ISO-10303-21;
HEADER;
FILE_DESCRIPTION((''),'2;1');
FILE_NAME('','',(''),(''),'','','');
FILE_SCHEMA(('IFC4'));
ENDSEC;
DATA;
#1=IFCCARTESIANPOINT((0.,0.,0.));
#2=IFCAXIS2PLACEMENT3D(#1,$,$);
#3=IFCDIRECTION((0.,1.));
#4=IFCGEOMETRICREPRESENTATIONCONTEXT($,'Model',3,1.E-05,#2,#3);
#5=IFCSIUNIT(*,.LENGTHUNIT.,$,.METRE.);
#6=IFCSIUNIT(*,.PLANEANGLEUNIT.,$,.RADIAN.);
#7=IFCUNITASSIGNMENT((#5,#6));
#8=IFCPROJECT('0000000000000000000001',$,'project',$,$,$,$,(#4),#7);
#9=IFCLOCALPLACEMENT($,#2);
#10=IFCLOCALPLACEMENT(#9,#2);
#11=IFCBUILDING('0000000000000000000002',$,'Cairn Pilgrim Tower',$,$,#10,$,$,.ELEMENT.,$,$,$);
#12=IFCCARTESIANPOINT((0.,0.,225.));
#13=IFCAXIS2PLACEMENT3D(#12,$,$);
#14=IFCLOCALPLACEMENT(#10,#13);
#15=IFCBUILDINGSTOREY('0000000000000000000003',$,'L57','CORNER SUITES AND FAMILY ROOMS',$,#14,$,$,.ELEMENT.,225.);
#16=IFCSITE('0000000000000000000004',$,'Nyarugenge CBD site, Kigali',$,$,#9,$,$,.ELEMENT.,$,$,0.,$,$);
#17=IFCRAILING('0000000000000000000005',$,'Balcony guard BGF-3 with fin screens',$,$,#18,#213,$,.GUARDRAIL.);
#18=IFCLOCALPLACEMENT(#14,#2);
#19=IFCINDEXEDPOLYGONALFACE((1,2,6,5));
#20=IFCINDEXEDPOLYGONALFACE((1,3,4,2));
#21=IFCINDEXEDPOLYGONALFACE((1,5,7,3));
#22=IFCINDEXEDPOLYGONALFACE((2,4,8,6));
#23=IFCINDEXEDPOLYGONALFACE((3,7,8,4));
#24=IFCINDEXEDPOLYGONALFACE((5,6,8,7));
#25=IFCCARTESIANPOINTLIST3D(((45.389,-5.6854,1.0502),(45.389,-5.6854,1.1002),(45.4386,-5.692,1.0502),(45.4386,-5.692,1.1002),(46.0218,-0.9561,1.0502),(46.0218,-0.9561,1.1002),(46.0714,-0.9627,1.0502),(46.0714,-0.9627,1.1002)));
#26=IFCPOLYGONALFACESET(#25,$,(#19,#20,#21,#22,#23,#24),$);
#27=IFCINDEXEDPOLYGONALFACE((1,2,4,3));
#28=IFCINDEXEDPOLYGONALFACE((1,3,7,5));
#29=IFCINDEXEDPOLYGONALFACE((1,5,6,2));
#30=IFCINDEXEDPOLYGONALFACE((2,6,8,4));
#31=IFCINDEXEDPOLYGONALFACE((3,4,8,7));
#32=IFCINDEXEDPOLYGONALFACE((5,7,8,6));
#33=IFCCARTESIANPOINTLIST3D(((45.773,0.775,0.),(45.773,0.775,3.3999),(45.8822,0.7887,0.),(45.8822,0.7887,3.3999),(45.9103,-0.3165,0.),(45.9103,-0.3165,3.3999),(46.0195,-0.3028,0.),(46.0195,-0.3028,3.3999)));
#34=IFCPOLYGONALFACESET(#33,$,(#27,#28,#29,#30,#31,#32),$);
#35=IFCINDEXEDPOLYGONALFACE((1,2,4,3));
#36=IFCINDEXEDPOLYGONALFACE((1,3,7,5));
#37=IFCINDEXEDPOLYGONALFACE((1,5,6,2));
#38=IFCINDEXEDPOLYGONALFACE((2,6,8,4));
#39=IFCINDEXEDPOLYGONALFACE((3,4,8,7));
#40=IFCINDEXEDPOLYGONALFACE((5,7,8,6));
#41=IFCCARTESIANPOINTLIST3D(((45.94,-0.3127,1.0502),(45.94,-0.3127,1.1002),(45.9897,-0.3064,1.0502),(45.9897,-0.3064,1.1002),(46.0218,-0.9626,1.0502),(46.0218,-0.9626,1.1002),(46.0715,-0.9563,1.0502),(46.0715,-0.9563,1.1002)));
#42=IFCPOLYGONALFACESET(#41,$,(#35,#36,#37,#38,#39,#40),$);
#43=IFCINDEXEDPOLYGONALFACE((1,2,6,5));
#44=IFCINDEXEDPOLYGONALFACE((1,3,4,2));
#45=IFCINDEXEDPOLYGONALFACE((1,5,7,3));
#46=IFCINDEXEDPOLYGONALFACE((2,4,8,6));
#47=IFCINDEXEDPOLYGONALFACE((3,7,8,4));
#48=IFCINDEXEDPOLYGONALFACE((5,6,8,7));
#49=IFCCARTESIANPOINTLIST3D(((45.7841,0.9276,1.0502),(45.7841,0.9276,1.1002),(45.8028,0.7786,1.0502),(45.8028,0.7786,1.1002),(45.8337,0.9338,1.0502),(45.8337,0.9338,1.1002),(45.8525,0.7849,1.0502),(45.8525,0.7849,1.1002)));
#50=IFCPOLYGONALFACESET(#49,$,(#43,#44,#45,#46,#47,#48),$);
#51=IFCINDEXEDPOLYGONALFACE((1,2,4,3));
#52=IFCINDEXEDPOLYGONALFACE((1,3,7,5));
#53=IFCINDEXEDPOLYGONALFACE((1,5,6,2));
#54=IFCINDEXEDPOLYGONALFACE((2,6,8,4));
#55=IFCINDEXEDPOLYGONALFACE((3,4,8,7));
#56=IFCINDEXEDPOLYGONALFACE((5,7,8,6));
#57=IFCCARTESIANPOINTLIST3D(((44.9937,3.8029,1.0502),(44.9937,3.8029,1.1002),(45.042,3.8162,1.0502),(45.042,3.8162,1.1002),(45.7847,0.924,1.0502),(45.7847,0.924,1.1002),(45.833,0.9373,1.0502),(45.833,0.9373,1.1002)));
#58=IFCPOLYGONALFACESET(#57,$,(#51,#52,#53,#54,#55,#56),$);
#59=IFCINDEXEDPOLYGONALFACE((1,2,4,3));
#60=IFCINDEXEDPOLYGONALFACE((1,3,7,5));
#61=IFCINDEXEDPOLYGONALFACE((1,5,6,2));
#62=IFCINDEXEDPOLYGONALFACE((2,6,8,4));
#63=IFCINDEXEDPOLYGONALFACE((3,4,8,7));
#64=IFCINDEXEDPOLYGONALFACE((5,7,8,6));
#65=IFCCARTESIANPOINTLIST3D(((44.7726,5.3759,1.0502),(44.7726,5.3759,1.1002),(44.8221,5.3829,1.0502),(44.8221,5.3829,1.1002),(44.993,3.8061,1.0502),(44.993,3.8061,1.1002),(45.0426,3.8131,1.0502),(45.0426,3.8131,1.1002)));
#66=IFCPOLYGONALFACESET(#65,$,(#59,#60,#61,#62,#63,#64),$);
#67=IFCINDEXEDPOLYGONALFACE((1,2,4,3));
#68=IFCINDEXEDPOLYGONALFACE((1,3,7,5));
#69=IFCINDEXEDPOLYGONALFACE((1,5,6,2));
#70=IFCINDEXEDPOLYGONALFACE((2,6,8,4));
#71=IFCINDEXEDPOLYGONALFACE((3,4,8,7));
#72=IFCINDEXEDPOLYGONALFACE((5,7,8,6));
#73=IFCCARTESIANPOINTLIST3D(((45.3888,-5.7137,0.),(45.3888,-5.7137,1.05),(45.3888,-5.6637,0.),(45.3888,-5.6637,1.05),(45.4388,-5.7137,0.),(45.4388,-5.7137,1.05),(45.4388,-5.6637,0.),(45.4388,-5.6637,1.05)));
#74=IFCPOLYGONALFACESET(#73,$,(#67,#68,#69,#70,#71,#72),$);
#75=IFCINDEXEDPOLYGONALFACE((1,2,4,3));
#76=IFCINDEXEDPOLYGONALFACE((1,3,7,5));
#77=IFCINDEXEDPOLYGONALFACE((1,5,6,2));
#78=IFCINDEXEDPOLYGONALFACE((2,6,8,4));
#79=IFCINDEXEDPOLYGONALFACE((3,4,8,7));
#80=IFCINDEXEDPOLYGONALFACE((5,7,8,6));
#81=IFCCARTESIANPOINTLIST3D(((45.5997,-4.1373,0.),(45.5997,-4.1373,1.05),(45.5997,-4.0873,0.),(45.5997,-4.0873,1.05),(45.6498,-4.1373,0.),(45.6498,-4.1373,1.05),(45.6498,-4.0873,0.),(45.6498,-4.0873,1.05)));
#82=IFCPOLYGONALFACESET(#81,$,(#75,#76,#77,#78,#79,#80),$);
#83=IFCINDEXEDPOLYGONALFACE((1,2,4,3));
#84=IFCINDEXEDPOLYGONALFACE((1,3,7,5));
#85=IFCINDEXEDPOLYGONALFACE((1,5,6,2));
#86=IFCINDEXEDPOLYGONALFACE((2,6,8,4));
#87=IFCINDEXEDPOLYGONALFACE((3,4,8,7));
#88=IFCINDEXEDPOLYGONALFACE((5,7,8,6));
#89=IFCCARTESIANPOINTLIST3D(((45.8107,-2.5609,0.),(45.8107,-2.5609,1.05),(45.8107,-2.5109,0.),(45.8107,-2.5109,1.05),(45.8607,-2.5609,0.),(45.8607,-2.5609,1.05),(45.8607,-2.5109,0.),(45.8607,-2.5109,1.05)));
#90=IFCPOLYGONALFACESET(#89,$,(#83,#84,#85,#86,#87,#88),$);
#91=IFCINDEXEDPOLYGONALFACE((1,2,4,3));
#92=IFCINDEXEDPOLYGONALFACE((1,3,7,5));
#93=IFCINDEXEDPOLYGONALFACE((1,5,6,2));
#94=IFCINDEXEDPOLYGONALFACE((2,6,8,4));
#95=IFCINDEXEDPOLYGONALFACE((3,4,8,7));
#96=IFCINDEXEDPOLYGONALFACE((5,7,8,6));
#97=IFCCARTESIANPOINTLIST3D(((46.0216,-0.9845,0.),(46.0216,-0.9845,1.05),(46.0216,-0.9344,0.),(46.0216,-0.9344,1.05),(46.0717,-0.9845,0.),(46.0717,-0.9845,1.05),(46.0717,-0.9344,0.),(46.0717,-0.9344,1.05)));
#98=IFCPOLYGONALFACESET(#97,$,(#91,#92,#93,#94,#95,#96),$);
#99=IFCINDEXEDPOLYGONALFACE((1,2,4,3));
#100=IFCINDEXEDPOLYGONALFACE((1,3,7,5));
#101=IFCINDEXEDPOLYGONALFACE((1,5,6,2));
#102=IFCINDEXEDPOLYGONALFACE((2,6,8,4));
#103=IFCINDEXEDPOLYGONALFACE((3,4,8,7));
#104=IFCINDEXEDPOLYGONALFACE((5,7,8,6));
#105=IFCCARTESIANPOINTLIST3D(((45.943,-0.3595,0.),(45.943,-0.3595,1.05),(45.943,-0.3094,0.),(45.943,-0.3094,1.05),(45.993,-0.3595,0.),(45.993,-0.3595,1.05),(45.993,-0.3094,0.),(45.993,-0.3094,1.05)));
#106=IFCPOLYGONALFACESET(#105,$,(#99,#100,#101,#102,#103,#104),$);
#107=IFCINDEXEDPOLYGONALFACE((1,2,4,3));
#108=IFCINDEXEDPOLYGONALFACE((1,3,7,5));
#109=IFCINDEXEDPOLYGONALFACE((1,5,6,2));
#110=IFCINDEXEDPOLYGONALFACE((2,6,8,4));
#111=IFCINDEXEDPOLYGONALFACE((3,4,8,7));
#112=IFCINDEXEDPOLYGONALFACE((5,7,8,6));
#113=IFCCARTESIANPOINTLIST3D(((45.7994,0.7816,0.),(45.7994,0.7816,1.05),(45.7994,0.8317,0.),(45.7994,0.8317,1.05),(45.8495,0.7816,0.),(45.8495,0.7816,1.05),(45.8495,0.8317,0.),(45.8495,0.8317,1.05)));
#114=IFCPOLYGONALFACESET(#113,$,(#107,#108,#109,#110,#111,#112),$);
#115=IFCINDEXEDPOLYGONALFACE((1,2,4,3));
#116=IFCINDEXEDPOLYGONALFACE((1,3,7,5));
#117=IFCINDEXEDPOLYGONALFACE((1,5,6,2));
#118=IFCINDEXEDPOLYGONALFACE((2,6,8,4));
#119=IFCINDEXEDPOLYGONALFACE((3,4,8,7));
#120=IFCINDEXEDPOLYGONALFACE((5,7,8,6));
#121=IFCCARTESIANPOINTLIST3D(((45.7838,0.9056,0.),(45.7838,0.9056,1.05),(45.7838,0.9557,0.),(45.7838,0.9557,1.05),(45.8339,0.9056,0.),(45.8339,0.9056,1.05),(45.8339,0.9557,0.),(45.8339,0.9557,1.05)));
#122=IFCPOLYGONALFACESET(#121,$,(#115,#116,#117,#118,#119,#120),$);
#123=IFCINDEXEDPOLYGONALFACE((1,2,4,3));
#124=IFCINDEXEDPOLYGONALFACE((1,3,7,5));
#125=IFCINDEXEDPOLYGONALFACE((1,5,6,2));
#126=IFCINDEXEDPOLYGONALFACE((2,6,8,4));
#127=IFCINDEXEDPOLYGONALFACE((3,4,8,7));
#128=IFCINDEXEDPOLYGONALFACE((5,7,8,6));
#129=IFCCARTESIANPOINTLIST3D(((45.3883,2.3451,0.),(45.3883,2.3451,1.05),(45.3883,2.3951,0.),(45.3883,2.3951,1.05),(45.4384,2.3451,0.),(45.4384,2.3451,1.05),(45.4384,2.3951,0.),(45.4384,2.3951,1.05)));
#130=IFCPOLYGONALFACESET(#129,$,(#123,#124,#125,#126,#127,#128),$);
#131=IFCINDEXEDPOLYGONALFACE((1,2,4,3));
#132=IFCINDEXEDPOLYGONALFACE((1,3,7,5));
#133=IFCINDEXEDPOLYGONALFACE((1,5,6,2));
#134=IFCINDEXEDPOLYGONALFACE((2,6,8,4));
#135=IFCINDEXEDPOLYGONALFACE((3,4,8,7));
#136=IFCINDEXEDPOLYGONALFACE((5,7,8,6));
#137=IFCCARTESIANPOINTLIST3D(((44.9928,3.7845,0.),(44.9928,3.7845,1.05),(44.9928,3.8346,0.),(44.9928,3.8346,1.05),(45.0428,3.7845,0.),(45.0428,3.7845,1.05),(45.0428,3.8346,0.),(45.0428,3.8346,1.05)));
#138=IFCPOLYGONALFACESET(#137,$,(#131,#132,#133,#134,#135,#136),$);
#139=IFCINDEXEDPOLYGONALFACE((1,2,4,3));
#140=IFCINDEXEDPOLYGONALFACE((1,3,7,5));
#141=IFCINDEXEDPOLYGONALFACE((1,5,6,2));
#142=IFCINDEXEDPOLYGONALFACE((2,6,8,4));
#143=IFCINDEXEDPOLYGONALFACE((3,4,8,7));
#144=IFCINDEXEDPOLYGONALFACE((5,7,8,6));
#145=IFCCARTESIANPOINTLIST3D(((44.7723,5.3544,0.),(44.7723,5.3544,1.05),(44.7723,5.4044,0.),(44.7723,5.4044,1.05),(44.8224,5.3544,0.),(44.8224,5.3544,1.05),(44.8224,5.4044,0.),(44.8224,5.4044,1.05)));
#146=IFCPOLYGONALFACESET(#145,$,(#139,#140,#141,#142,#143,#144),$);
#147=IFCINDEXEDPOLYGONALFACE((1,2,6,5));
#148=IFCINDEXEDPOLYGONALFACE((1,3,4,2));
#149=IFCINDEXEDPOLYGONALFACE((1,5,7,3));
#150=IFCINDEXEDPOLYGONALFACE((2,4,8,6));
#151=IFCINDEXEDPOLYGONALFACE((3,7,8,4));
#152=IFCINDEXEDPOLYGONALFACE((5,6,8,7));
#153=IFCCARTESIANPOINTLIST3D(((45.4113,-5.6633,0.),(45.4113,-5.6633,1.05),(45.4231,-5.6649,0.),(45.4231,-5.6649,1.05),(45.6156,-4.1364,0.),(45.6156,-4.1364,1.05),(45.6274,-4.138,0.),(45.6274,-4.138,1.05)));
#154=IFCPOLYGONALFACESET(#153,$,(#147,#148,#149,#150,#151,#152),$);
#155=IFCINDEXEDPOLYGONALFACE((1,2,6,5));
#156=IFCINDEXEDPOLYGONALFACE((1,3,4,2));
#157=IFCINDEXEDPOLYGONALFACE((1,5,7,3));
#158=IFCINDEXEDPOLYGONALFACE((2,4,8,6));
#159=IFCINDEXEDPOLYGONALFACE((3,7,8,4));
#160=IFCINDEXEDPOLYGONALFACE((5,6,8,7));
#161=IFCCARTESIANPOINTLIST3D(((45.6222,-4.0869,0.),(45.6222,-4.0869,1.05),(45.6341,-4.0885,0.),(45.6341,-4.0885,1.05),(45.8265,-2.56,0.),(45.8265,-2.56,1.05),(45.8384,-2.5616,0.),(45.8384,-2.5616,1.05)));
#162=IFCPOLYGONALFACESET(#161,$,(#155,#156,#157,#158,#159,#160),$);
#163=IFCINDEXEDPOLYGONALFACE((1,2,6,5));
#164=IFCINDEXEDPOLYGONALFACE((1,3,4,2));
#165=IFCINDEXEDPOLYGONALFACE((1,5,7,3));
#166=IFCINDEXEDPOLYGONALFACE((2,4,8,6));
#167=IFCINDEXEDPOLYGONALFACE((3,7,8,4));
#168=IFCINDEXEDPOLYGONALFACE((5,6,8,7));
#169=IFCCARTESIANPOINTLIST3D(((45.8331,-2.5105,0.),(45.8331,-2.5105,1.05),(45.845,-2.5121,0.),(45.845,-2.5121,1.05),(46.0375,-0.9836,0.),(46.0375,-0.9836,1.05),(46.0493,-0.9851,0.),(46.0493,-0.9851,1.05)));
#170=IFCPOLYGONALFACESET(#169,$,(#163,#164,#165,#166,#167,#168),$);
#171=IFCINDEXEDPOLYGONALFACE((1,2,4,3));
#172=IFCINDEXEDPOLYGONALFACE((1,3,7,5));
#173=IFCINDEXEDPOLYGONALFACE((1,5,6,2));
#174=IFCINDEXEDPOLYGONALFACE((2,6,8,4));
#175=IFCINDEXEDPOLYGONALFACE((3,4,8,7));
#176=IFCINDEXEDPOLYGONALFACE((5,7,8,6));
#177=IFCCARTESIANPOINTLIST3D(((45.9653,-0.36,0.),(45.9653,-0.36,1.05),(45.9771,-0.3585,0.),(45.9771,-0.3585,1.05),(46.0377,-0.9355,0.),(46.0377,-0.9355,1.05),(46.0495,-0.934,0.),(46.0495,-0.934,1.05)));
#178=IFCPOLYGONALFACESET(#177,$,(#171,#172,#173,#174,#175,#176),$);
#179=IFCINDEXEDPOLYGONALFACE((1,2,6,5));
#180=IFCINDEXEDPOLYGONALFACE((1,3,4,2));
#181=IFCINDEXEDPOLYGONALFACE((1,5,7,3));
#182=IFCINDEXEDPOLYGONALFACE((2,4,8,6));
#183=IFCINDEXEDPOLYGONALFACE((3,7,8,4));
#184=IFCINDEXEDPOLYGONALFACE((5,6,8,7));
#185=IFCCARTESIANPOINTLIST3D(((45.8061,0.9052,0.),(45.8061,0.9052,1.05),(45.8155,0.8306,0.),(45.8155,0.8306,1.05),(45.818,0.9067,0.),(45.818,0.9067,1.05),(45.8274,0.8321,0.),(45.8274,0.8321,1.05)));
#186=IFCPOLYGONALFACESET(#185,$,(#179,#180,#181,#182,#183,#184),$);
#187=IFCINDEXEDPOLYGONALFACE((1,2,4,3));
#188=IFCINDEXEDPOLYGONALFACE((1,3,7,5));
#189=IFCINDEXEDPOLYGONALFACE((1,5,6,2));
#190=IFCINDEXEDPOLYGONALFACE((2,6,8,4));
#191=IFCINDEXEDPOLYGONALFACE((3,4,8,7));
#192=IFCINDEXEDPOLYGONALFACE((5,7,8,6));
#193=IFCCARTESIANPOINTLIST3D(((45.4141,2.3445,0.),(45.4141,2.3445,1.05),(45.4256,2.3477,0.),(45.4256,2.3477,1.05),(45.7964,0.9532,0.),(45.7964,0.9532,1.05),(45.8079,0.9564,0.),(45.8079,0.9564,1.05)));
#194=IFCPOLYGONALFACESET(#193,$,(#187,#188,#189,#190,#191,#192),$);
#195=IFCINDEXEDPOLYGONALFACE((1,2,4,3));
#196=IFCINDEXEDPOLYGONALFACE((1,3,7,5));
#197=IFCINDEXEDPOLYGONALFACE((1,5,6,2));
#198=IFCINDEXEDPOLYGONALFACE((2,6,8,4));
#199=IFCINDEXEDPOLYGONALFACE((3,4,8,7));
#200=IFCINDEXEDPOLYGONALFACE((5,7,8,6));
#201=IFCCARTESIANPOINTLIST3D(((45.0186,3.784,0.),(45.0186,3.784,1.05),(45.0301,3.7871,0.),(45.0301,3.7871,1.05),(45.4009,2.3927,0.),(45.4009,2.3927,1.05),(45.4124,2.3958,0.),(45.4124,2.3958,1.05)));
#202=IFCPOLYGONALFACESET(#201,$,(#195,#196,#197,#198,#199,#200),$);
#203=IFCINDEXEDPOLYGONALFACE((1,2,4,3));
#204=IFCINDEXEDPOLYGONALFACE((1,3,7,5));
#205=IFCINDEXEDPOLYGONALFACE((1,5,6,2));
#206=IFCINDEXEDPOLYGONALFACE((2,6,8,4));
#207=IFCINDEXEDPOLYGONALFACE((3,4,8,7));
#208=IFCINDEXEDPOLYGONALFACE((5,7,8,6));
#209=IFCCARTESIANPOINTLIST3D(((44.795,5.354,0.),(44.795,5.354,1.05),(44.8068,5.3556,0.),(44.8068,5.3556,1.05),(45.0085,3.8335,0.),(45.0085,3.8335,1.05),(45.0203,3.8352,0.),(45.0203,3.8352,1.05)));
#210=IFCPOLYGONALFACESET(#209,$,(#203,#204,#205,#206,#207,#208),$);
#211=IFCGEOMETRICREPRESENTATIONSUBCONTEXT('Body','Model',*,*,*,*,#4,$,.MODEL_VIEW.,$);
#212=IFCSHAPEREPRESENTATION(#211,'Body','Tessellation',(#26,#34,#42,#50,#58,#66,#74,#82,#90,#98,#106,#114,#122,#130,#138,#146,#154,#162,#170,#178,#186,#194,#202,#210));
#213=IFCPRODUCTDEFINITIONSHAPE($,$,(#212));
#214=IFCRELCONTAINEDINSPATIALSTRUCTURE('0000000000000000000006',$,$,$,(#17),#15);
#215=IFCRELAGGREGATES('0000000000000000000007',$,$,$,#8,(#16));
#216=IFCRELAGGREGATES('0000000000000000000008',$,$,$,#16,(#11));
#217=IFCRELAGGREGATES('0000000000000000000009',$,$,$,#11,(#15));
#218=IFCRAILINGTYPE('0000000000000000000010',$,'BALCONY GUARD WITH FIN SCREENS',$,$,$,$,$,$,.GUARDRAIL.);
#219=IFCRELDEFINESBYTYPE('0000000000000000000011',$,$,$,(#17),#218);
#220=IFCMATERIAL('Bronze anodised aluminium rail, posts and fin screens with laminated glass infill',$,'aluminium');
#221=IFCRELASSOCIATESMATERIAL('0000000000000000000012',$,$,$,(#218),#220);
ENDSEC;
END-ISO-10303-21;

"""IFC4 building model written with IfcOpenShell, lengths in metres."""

from ifc_helpers import new_model, si_unit, direction, frame, origin, origin_2d, place, context, subcontext, project, spatial, polyline, rectangle, outline, extrude, material, type_object, element, save


model = new_model("IFC4")

# Units and contexts
model_context = context("Model", 3, precision=1e-05, world=origin(), true_north=direction((0.0, 1.0)))
body_context = subcontext(model_context, "Body", "Model", "MODEL_VIEW")
ifc_project = project(units=[si_unit("LENGTHUNIT", "METRE"), si_unit("PLANEANGLEUNIT", "RADIAN")], contexts=[model_context])

# Site, building, storey
site_placement = place(None, origin())
site = spatial("IfcSite", under=ifc_project, at=site_placement, Name="Nyarugenge CBD site, Kigali", CompositionType="ELEMENT", RefElevation=0.0)
building_placement = place(site_placement, origin())
building = spatial("IfcBuilding", under=site, at=building_placement, Name="Cairn Pilgrim Tower", CompositionType="ELEMENT")
storey_placement = place(building_placement, frame((0.0, 0.0, 225.0)))
storey = spatial("IfcBuildingStorey", under=building, at=storey_placement, Name="L57", Description="CORNER SUITES AND FAMILY ROOMS", CompositionType="ELEMENT", Elevation=225.0)

# Railing
ifc_material_1 = material(Name="Bronze anodised aluminium rail, posts and fin screens with laminated glass infill", Category="aluminium")
railing_type = type_object("IfcRailingType", Name="BALCONY GUARD WITH FIN SCREENS", PredefinedType="GUARDRAIL", material=ifc_material_1)
railing_placement = place(storey_placement, frame((45.4138, -5.6887, 0.0)))
element("IfcRailing", 1, at=railing_placement, inside=storey, type_object=railing_type, Name="Balcony guard BGF-3 with fin screens", PredefinedType="GUARDRAIL", context=body_context, shape_type="SweptSolid", body=[
    extrude(rectangle(XDim=0.05, YDim=0.05, at=origin_2d()), frame((0.0, 0.0, 1.0752), z_axis=(0.132626, 0.991166, 0.0), x_axis=(-0.991166, 0.132626, 0.0)), (0.0, 0.0, 1.0), 4.7715),
    extrude(rectangle(XDim=1.1001, YDim=0.1101, at=origin_2d()), frame((0.4824, 5.9248, 0.0), z_axis=(0.0, 0.0, 1.0), x_axis=(-0.124823, 0.992179, 0.0)), (0.0, 0.0, 1.0), 3.3999),
    extrude(rectangle(XDim=0.05, YDim=0.05, at=origin_2d()), frame((0.6328, 4.7292, 1.0752), z_axis=(-0.124823, 0.992179, 0.0), x_axis=(-0.992179, -0.124823, 0.0)), (0.0, 0.0, 1.0), 0.655),
    extrude(rectangle(XDim=0.05, YDim=0.05, at=origin_2d()), frame((0.4138, 6.4705, 1.0752), z_axis=(-0.124823, 0.992179, 0.0), x_axis=(-0.992179, -0.124823, 0.0)), (0.0, 0.0, 1.0), 0.1501),
    extrude(rectangle(XDim=0.05, YDim=0.05, at=origin_2d()), frame((0.395, 6.6194, 1.0752), z_axis=(-0.264944, 0.964264, 0.0), x_axis=(-0.964264, -0.264944, 0.0)), (0.0, 0.0, 1.0), 2.9856),
    extrude(rectangle(XDim=0.05, YDim=0.05, at=origin_2d()), frame((-0.396, 9.4983, 1.0752), z_axis=(-0.139071, 0.990282, 0.0), x_axis=(-0.990282, -0.139071, 0.0)), (0.0, 0.0, 1.0), 1.5852),
    extrude(rectangle(XDim=0.05, YDim=0.05, at=origin_2d()), origin(), (0.0, 0.0, 1.0), 1.05),
    extrude(rectangle(XDim=0.05, YDim=0.05, at=origin_2d()), frame((0.2109, 1.5764, 0.0)), (0.0, 0.0, 1.0), 1.05),
    extrude(rectangle(XDim=0.05, YDim=0.05, at=origin_2d()), frame((0.4219, 3.1528, 0.0)), (0.0, 0.0, 1.0), 1.05),
    extrude(rectangle(XDim=0.05, YDim=0.05, at=origin_2d()), frame((0.6328, 4.7292, 0.0)), (0.0, 0.0, 1.0), 1.05),
    extrude(rectangle(XDim=0.05, YDim=0.05, at=origin_2d()), frame((0.5542, 5.3542, 0.0)), (0.0, 0.0, 1.0), 1.05),
    extrude(rectangle(XDim=0.05, YDim=0.05, at=origin_2d()), frame((0.4106, 6.4954, 0.0)), (0.0, 0.0, 1.0), 1.05),
    extrude(rectangle(XDim=0.05, YDim=0.05, at=origin_2d()), frame((0.395, 6.6194, 0.0)), (0.0, 0.0, 1.0), 1.05),
    extrude(rectangle(XDim=0.05, YDim=0.05, at=origin_2d()), frame((-0.0005, 8.0588, 0.0)), (0.0, 0.0, 1.0), 1.05),
    extrude(rectangle(XDim=0.05, YDim=0.05, at=origin_2d()), frame((-0.396, 9.4983, 0.0)), (0.0, 0.0, 1.0), 1.05),
    extrude(rectangle(XDim=0.05, YDim=0.05, at=origin_2d()), frame((-0.6165, 11.0681, 0.0)), (0.0, 0.0, 1.0), 1.05),
    extrude(outline(polyline([(0.0249, 0.0), (1.5654, 0.0), (1.5654, 1.05), (0.0249, 1.05), (0.0249, 0.0)])), frame((-0.0059, 0.0007, 0.0), z_axis=(0.991166, -0.132626, 0.0), x_axis=(0.132626, 0.991166, 0.0)), (0.0, 0.0, 1.0), 0.012),
    extrude(outline(polyline([(0.0249, 0.0), (1.5654, 0.0), (1.5654, 1.05), (0.0249, 1.05), (0.0249, 0.0)])), frame((0.2051, 1.5771, 0.0), z_axis=(0.991166, -0.132626, 0.0), x_axis=(0.132626, 0.991166, 0.0)), (0.0, 0.0, 1.0), 0.012),
    extrude(outline(polyline([(0.0249, 0.0), (1.5654, 0.0), (1.5654, 1.05), (0.0249, 1.05), (0.0249, 0.0)])), frame((0.416, 3.1536, 0.0), z_axis=(0.991166, -0.132626, 0.0), x_axis=(0.132626, 0.991166, 0.0)), (0.0, 0.0, 1.0), 0.012),
    extrude(outline(polyline([(0.0249, 0.0), (0.605, 0.0), (0.605, 1.05), (0.0249, 1.05), (0.0249, 0.0)])), frame((0.627, 4.7285, 0.0), z_axis=(0.992179, 0.124823, 0.0), x_axis=(-0.124823, 0.992179, 0.0)), (0.0, 0.0, 1.0), 0.012),
    extrude(outline(polyline([(0.0249, 0.0), (0.1001, 0.0), (0.1001, 1.05), (0.0249, 1.05), (0.0249, 0.0)])), frame((0.4048, 6.4946, 0.0), z_axis=(0.992179, 0.124823, 0.0), x_axis=(-0.124823, 0.992179, 0.0)), (0.0, 0.0, 1.0), 0.012),
    extrude(outline(polyline([(0.0249, 0.0), (1.4678, 0.0), (1.4678, 1.05), (0.0249, 1.05), (0.0249, 0.0)])), frame((0.3892, 6.6179, 0.0), z_axis=(0.964264, 0.264944, 0.0), x_axis=(-0.264944, 0.964264, 0.0)), (0.0, 0.0, 1.0), 0.012),
    extrude(outline(polyline([(0.0249, 0.0), (1.4678, 0.0), (1.4678, 1.05), (0.0249, 1.05), (0.0249, 0.0)])), frame((-0.0063, 8.0574, 0.0), z_axis=(0.964264, 0.264944, 0.0), x_axis=(-0.264944, 0.964264, 0.0)), (0.0, 0.0, 1.0), 0.012),
    extrude(outline(polyline([(0.0249, 0.0), (1.5603, 0.0), (1.5603, 1.05), (0.0249, 1.05), (0.0249, 0.0)])), frame((-0.4019, 9.4976, 0.0), z_axis=(0.990282, 0.139071, 0.0), x_axis=(-0.139071, 0.990282, 0.0)), (0.0, 0.0, 1.0), 0.012),
])

save(model, "model.ifc")
